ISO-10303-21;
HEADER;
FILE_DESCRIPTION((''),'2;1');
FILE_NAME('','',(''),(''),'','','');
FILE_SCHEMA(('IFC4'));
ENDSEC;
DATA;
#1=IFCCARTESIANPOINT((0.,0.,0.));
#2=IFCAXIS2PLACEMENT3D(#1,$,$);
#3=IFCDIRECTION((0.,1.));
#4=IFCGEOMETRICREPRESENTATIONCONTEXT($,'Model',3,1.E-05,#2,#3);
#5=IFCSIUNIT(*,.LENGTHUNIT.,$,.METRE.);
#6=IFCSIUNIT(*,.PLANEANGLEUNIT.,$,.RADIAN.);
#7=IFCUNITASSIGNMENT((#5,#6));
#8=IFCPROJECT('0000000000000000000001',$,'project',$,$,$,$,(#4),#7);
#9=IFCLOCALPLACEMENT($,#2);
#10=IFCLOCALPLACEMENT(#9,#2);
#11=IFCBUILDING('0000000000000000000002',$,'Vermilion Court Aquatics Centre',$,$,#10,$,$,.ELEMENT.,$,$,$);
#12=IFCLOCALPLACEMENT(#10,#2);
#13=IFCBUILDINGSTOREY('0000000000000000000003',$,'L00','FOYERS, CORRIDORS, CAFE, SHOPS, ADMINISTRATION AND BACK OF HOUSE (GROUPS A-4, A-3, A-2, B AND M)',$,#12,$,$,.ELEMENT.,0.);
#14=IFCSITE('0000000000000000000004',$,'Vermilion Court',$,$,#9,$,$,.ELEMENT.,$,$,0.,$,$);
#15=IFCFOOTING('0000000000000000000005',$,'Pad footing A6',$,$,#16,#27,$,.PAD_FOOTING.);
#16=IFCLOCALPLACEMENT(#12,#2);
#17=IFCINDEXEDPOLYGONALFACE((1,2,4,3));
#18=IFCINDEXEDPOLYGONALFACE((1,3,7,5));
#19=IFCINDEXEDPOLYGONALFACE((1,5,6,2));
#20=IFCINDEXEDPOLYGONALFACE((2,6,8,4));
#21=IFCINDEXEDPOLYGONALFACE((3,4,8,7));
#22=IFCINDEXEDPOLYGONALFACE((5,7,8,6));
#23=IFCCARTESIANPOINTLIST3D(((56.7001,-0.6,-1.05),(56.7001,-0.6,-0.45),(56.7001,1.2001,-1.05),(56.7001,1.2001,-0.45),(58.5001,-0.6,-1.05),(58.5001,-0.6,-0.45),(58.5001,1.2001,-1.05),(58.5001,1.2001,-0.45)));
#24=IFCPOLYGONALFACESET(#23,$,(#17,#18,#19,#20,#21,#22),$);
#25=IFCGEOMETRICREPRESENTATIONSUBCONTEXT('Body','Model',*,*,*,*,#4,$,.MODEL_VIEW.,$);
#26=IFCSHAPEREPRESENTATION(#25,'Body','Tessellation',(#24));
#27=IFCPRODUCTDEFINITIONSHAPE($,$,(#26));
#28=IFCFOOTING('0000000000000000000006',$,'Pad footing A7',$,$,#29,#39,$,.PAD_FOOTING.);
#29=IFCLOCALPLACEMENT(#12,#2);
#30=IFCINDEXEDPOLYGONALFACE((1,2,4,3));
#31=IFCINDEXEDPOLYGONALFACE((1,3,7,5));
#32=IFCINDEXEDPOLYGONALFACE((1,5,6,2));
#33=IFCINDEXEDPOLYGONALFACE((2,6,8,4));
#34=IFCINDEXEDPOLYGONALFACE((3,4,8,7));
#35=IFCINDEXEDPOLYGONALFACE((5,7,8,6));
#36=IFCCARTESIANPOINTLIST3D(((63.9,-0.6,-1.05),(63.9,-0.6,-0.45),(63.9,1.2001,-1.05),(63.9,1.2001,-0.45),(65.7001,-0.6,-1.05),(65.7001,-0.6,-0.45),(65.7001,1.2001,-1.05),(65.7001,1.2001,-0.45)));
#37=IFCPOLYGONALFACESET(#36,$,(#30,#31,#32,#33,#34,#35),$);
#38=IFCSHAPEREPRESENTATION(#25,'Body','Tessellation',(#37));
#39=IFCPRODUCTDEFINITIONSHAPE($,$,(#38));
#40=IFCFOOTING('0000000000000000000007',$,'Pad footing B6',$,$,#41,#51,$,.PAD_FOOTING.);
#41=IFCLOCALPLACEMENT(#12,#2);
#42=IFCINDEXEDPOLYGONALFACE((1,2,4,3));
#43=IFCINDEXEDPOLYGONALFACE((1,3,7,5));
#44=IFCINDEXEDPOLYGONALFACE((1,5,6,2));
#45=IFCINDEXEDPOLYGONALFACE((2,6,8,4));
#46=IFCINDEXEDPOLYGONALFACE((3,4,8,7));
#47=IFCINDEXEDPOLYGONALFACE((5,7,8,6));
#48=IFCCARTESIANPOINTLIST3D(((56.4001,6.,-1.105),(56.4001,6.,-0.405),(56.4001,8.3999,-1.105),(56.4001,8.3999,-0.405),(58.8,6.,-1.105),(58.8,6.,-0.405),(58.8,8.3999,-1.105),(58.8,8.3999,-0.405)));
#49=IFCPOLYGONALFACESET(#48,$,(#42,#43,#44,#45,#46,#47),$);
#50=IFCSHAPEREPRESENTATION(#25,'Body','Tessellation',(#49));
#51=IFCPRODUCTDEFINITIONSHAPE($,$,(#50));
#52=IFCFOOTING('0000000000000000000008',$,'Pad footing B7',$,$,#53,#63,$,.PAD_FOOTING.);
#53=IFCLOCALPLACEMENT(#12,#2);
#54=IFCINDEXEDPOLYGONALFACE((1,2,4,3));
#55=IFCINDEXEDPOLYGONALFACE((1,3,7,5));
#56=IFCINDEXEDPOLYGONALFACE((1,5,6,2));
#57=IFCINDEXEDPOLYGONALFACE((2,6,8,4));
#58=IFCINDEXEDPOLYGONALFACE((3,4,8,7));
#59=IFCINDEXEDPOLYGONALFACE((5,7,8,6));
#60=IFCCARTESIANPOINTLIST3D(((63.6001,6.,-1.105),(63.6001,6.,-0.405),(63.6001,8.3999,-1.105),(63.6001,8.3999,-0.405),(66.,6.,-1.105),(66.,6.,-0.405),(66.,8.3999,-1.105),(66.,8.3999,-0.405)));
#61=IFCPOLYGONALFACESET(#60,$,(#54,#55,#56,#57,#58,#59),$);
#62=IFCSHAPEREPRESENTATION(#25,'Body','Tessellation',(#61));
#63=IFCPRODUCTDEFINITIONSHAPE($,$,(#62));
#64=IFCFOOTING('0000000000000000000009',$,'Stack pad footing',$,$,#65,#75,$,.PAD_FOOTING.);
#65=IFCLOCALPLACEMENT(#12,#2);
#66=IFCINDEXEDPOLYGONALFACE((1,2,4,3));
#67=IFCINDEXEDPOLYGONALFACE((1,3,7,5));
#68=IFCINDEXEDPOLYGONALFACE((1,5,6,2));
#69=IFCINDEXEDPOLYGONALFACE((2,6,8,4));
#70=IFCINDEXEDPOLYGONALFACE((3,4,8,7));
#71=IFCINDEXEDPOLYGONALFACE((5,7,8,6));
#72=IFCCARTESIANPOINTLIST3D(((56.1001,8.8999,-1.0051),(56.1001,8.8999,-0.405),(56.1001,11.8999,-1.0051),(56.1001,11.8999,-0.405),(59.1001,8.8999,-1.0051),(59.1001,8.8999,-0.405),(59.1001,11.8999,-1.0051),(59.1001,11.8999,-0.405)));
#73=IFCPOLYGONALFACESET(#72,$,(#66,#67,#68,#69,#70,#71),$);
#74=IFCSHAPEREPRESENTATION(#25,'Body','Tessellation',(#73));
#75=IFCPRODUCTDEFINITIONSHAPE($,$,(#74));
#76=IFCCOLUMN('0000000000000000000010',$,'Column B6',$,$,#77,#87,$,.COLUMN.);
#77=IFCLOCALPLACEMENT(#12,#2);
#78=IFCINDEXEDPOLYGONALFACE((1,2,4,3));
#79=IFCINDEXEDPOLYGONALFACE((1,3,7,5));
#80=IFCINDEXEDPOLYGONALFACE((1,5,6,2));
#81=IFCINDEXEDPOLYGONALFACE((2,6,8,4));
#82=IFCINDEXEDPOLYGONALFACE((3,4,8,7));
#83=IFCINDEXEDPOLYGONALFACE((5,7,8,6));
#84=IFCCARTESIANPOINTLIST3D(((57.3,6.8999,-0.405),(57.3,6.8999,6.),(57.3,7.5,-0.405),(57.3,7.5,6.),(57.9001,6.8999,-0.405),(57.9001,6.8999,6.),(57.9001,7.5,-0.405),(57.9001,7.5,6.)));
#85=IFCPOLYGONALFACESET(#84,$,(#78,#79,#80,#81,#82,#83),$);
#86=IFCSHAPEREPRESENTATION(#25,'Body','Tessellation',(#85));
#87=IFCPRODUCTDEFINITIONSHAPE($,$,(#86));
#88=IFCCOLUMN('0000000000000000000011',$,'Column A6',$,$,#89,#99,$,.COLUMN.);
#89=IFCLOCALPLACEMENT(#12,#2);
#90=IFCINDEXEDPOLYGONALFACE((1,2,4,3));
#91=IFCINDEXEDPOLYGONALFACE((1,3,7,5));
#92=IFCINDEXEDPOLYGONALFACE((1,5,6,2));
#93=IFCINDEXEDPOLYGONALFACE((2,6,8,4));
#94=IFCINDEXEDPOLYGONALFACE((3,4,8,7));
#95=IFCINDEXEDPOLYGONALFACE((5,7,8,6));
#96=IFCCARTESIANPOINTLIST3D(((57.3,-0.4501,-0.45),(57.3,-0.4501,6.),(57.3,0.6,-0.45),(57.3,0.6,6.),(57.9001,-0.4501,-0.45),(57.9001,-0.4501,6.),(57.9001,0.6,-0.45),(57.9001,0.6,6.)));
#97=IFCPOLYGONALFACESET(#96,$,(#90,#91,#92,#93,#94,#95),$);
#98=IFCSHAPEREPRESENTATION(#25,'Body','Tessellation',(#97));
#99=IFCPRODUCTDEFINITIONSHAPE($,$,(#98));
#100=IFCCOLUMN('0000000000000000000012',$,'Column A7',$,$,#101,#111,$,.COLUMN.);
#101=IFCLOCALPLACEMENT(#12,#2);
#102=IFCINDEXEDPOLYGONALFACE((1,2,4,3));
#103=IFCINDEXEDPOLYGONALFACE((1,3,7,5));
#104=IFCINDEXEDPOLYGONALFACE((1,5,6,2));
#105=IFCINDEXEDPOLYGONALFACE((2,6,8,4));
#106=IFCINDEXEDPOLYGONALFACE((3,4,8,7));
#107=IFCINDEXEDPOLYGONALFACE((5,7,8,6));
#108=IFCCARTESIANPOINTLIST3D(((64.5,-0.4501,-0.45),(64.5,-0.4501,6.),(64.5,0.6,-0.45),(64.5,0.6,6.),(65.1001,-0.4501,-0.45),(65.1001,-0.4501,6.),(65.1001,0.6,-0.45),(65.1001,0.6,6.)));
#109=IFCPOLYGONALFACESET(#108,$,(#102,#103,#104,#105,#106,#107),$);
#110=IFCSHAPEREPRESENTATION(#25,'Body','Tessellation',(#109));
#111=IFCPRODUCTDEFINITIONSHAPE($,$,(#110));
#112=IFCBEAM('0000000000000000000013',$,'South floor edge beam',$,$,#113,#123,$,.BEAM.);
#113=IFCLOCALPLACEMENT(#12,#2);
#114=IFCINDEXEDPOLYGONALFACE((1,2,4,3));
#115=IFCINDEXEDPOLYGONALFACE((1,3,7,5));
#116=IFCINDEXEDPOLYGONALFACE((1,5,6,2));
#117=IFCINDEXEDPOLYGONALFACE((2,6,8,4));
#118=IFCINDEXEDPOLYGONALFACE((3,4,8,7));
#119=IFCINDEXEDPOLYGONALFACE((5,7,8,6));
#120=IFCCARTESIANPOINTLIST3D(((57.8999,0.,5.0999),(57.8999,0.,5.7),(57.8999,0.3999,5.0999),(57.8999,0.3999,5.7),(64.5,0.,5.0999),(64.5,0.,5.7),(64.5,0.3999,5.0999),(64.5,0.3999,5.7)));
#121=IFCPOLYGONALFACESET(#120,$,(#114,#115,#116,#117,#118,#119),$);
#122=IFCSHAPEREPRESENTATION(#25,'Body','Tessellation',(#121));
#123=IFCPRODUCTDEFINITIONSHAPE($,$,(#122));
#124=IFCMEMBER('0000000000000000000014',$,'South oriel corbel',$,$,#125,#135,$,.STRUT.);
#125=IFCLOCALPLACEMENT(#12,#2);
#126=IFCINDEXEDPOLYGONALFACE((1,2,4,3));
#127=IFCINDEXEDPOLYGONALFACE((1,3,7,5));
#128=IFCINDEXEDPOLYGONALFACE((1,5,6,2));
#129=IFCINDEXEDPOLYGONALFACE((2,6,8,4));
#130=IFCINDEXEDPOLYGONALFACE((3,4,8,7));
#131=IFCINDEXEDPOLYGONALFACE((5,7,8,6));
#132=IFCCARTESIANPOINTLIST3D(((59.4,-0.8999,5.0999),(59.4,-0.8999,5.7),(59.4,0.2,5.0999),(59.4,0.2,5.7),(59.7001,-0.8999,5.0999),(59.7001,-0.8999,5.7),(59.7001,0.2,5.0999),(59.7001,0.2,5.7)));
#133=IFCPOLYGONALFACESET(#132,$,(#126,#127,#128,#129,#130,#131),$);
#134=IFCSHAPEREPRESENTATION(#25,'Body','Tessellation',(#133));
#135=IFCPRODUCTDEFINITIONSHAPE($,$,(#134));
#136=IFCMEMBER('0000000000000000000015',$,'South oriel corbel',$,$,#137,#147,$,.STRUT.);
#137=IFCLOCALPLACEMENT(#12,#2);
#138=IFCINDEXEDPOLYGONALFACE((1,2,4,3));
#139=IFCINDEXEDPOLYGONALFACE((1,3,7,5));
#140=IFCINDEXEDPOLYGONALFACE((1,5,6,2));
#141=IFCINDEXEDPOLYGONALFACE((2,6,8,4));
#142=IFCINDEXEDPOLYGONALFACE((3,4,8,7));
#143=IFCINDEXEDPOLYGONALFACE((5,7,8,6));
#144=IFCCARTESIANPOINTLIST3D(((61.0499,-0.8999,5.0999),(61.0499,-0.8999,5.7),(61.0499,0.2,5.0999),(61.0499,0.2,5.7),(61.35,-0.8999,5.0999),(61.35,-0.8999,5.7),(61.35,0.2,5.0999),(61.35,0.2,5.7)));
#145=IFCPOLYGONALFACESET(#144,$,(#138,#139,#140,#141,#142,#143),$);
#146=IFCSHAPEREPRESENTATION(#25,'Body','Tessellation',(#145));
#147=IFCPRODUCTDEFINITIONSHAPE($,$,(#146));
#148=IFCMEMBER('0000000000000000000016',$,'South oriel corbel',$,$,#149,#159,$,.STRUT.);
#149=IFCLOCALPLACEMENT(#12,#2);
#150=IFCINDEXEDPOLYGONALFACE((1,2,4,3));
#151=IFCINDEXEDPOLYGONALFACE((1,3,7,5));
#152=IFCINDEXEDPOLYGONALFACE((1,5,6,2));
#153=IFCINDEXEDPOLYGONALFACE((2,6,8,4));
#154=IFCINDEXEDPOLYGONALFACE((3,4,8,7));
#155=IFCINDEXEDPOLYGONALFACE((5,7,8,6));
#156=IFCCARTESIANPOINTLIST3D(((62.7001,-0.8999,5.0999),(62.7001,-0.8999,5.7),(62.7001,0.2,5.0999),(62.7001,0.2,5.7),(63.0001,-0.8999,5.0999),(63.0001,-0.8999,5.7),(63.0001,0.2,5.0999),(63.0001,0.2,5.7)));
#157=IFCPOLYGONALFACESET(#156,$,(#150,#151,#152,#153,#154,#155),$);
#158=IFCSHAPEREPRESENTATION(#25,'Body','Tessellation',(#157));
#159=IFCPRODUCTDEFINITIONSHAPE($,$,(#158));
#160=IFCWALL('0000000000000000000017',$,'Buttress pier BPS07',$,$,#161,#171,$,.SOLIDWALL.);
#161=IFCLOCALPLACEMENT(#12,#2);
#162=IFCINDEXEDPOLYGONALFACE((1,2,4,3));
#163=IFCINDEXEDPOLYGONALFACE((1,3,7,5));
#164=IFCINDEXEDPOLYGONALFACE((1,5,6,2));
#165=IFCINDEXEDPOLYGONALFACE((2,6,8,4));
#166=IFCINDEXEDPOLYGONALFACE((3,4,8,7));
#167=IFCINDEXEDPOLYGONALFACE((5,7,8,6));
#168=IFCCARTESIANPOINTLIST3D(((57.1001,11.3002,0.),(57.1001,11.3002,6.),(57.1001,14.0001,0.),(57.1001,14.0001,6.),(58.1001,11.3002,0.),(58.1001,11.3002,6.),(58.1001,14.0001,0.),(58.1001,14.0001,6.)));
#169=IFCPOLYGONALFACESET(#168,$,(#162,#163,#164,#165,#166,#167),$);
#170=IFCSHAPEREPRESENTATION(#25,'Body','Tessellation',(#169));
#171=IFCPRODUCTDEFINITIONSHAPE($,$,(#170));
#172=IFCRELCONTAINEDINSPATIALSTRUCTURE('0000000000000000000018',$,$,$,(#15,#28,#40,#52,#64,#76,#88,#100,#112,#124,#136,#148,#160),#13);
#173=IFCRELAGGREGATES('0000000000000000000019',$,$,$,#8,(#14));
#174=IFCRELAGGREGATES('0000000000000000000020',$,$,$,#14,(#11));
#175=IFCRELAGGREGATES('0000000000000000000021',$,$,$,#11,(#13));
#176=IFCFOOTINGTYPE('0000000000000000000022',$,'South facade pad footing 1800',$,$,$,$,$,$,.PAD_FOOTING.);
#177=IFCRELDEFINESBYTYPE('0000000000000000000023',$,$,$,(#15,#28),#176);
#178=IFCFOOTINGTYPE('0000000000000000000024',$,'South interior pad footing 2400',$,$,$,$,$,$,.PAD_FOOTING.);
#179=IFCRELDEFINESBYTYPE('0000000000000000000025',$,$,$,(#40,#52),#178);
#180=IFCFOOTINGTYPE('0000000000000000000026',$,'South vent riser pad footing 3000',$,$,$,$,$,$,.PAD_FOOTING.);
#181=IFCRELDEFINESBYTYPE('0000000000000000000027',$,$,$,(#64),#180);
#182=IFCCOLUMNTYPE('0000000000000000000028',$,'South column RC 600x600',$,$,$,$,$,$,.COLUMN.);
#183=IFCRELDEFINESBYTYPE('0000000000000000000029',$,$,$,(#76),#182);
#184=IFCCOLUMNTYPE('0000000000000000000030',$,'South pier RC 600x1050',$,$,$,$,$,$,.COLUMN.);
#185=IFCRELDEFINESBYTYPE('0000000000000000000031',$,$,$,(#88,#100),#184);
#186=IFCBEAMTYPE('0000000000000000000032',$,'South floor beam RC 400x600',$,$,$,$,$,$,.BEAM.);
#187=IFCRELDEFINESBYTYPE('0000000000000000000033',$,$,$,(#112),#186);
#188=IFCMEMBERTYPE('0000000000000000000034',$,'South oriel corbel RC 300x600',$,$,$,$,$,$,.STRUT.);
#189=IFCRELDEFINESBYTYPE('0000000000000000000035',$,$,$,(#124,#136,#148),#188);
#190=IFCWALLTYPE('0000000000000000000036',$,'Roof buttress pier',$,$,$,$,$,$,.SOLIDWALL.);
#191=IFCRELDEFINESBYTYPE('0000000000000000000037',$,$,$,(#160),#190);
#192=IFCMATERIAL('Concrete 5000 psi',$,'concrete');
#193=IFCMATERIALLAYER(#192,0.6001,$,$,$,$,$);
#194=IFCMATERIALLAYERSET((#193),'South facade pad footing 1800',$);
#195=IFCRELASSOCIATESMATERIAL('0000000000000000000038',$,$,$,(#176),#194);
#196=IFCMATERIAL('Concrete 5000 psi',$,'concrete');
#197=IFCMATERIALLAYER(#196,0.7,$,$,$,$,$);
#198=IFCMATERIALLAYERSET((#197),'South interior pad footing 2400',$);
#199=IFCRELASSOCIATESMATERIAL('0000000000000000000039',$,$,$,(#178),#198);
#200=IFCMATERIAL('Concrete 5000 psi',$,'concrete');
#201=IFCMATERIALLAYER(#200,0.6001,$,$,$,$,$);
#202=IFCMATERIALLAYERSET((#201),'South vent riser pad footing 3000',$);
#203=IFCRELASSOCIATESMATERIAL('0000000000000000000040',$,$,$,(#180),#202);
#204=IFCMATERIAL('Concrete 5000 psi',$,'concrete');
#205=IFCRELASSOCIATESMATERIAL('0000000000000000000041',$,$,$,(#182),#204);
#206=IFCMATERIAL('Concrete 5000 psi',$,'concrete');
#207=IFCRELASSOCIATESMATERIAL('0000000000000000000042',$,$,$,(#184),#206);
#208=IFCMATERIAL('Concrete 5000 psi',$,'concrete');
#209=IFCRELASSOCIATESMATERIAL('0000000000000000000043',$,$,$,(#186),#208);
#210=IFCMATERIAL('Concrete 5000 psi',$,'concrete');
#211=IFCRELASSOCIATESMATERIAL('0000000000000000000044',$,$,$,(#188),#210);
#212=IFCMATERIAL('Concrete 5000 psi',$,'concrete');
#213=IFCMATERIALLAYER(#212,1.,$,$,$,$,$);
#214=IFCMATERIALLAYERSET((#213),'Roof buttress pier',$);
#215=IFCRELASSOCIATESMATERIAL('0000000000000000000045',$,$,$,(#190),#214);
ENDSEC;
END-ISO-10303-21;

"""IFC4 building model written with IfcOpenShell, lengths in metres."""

from ifc_helpers import new_model, si_unit, direction, frame, frame_2d, origin, origin_2d, place, context, subcontext, project, spatial, rectangle, extrude, material, layer, layer_set, material_profile, profile_set, type_object, element, save


model = new_model("IFC4")

# Units and contexts
model_context = context("Model", 3, precision=1e-05, world=origin(), true_north=direction((0.0, 1.0)))
body_context = subcontext(model_context, "Body", "Model", "MODEL_VIEW")
ifc_project = project(units=[si_unit("LENGTHUNIT", "METRE"), si_unit("PLANEANGLEUNIT", "RADIAN")], contexts=[model_context])

# Site, building, storey
site_placement = place(None, origin())
site = spatial("IfcSite", under=ifc_project, at=site_placement, Name="Vermilion Court", CompositionType="ELEMENT", RefElevation=0.0)
building_placement = place(site_placement, origin())
building = spatial("IfcBuilding", under=site, at=building_placement, Name="Vermilion Court Aquatics Centre", CompositionType="ELEMENT")
storey_placement = place(building_placement, origin())
storey = spatial("IfcBuildingStorey", under=building, at=storey_placement, Name="L00", Description="FOYERS, CORRIDORS, CAFE, SHOPS, ADMINISTRATION AND BACK OF HOUSE (GROUPS A-4, A-3, A-2, B AND M)", CompositionType="ELEMENT", Elevation=0.0)

# Footings
ifc_material_1 = material(Name="Concrete 5000 psi", Category="concrete")
ifc_layer_1 = layer(ifc_material_1, 0.6001)
ifc_layer_set_1 = layer_set([ifc_layer_1], Name="South facade pad footing 1800")
footing_type_1 = type_object("IfcFootingType", Name="South facade pad footing 1800", PredefinedType="PAD_FOOTING", material=ifc_layer_set_1)
for number, where, z_axis, x_axis, name in (
    (1, (57.6001, 0.3, -1.05), (0.0, 0.0, 1.0), (1.0, 0.0, 0.0), "Pad footing A6"),
    (2, (64.8, 0.3, -1.05), (0.0, 0.0, 1.0), (1.0, 0.0, 0.0), "Pad footing A7"),
):
    element("IfcFooting", number, at=place(storey_placement, frame(where, z_axis=z_axis, x_axis=x_axis)), inside=storey, type_object=footing_type_1, Name=name, PredefinedType="PAD_FOOTING", context=body_context, shape_type="SweptSolid", body=[
        extrude(rectangle(XDim=1.8, YDim=1.8, at=origin_2d()), origin(), (0.0, 0.0, 1.0), 0.6001),
    ])
ifc_material_2 = material(Name="Concrete 5000 psi", Category="concrete")
ifc_layer_2 = layer(ifc_material_2, 0.7)
ifc_layer_set_2 = layer_set([ifc_layer_2], Name="South interior pad footing 2400")
footing_type_2 = type_object("IfcFootingType", Name="South interior pad footing 2400", PredefinedType="PAD_FOOTING", material=ifc_layer_set_2)
for number, where, z_axis, x_axis, name in (
    (3, (57.6001, 7.2, -1.105), (0.0, 0.0, 1.0), (1.0, 0.0, 0.0), "Pad footing B6"),
    (4, (64.8, 7.2, -1.105), (0.0, 0.0, 1.0), (1.0, 0.0, 0.0), "Pad footing B7"),
):
    element("IfcFooting", number, at=place(storey_placement, frame(where, z_axis=z_axis, x_axis=x_axis)), inside=storey, type_object=footing_type_2, Name=name, PredefinedType="PAD_FOOTING", context=body_context, shape_type="SweptSolid", body=[
        extrude(rectangle(XDim=2.3999, YDim=2.3999, at=origin_2d()), origin(), (0.0, 0.0, 1.0), 0.7),
    ])
ifc_material_3 = material(Name="Concrete 5000 psi", Category="concrete")
ifc_layer_3 = layer(ifc_material_3, 0.6001)
ifc_layer_set_3 = layer_set([ifc_layer_3], Name="South vent riser pad footing 3000")
footing_type_3 = type_object("IfcFootingType", Name="South vent riser pad footing 3000", PredefinedType="PAD_FOOTING", material=ifc_layer_set_3)
footing_placement = place(storey_placement, frame((57.6001, 10.3999, -1.0051), z_axis=(0.0, 0.0, 1.0), x_axis=(1.0, 0.0, 0.0)))
element("IfcFooting", 5, at=footing_placement, inside=storey, type_object=footing_type_3, Name="Stack pad footing", PredefinedType="PAD_FOOTING", context=body_context, shape_type="SweptSolid", body=[
    extrude(rectangle(XDim=3.0, YDim=3.0, at=origin_2d()), origin(), (0.0, 0.0, 1.0), 0.6001),
])

# Columns
ifc_material_4 = material(Name="Concrete 5000 psi", Category="concrete")
ifc_material_profile_1 = material_profile(ifc_material_4, rectangle(XDim=0.6001, YDim=0.6001, at=origin_2d()), Name="RC 600x600")
ifc_profile_set_1 = profile_set([ifc_material_profile_1], Name="Concrete 5000 psi")
column_type_1 = type_object("IfcColumnType", Name="South column RC 600x600", PredefinedType="COLUMN", material=ifc_profile_set_1)
column_placement = place(storey_placement, frame((57.6001, 7.2, -0.405), z_axis=(0.0, 0.0, 1.0), x_axis=(1.0, 0.0, 0.0)))
element("IfcColumn", 6, at=column_placement, inside=storey, type_object=column_type_1, Name="Column B6", PredefinedType="COLUMN", context=body_context, shape_type="SweptSolid", body=[
    extrude(rectangle(XDim=0.6001, YDim=0.6001, at=origin_2d()), origin(), (0.0, 0.0, 1.0), 6.405),
])
ifc_material_5 = material(Name="Concrete 5000 psi", Category="concrete")
ifc_material_profile_2 = material_profile(ifc_material_5, rectangle(XDim=0.6001, YDim=1.05, at=origin_2d()), Name="RC 600x1050")
ifc_profile_set_2 = profile_set([ifc_material_profile_2], Name="Concrete 5000 psi")
column_type_2 = type_object("IfcColumnType", Name="South pier RC 600x1050", PredefinedType="COLUMN", material=ifc_profile_set_2)
for number, where, z_axis, x_axis, name in (
    (7, (57.6001, 0.075, -0.45), (0.0, 0.0, 1.0), (1.0, 0.0, 0.0), "Column A6"),
    (8, (64.8, 0.075, -0.45), (0.0, 0.0, 1.0), (1.0, 0.0, 0.0), "Column A7"),
):
    element("IfcColumn", number, at=place(storey_placement, frame(where, z_axis=z_axis, x_axis=x_axis)), inside=storey, type_object=column_type_2, Name=name, PredefinedType="COLUMN", context=body_context, shape_type="SweptSolid", body=[
        extrude(rectangle(XDim=0.6001, YDim=1.05, at=origin_2d()), origin(), (0.0, 0.0, 1.0), 6.45),
    ])

# Beam
ifc_material_6 = material(Name="Concrete 5000 psi", Category="concrete")
ifc_material_profile_3 = material_profile(ifc_material_6, rectangle(XDim=0.3999, YDim=0.6001, at=origin_2d()), Name="RC 400x600")
ifc_profile_set_3 = profile_set([ifc_material_profile_3], Name="Concrete 5000 psi")
beam_type = type_object("IfcBeamType", Name="South floor beam RC 400x600", PredefinedType="BEAM", material=ifc_profile_set_3)
beam_placement = place(storey_placement, frame((57.8999, 0.2, 5.3999), z_axis=(1.0, 0.0, 0.0), x_axis=(0.0, 1.0, 0.0)))
element("IfcBeam", 9, at=beam_placement, inside=storey, type_object=beam_type, Name="South floor edge beam", PredefinedType="BEAM", context=body_context, shape_type="SweptSolid", body=[
    extrude(rectangle(XDim=0.3999, YDim=0.6001, at=origin_2d()), origin(), (0.0, 0.0, 1.0), 6.6001),
])

# Members
ifc_material_7 = material(Name="Concrete 5000 psi", Category="concrete")
ifc_material_profile_4 = material_profile(ifc_material_7, rectangle(XDim=0.3, YDim=0.6001, at=origin_2d()), Name="RC 300x600")
ifc_profile_set_4 = profile_set([ifc_material_profile_4], Name="Concrete 5000 psi")
member_type = type_object("IfcMemberType", Name="South oriel corbel RC 300x600", PredefinedType="STRUT", material=ifc_profile_set_4)
for number, where, z_axis, x_axis, name in (
    (10, (59.55, -0.8999, 5.3999), (0.0, 1.0, 0.0), (-1.0, 0.0, 0.0), "South oriel corbel"),
    (11, (61.2, -0.8999, 5.3999), (0.0, 1.0, 0.0), (-1.0, 0.0, 0.0), "South oriel corbel"),
    (12, (62.8501, -0.8999, 5.3999), (0.0, 1.0, 0.0), (-1.0, 0.0, 0.0), "South oriel corbel"),
):
    element("IfcMember", number, at=place(storey_placement, frame(where, z_axis=z_axis, x_axis=x_axis)), inside=storey, type_object=member_type, Name=name, PredefinedType="STRUT", context=body_context, shape_type="SweptSolid", body=[
        extrude(rectangle(XDim=0.3, YDim=0.6001, at=origin_2d()), origin(), (0.0, 0.0, 1.0), 1.0999),
    ])

# Wall
ifc_material_8 = material(Name="Concrete 5000 psi", Category="concrete")
ifc_layer_4 = layer(ifc_material_8, 1.0)
ifc_layer_set_4 = layer_set([ifc_layer_4], Name="Roof buttress pier")
wall_type_1 = type_object("IfcWallType", Name="Roof buttress pier", PredefinedType="SOLIDWALL", material=ifc_layer_set_4)
wall_1_placement = place(storey_placement, frame((57.6001, 11.3, 0.0), z_axis=(0.0, 0.0, 1.0), x_axis=(0.0, 1.0, 0.0)))
element("IfcWall", 13, at=wall_1_placement, inside=storey, type_object=wall_type_1, Name="Buttress pier BPS07", PredefinedType="SOLIDWALL", context=body_context, shape_type="SweptSolid", body=[
    extrude(rectangle(XDim=2.7, YDim=1.0, at=frame_2d((1.3501, 0.0))), origin(), (0.0, 0.0, 1.0), 6.0),
])

save(model, "model.ifc")
